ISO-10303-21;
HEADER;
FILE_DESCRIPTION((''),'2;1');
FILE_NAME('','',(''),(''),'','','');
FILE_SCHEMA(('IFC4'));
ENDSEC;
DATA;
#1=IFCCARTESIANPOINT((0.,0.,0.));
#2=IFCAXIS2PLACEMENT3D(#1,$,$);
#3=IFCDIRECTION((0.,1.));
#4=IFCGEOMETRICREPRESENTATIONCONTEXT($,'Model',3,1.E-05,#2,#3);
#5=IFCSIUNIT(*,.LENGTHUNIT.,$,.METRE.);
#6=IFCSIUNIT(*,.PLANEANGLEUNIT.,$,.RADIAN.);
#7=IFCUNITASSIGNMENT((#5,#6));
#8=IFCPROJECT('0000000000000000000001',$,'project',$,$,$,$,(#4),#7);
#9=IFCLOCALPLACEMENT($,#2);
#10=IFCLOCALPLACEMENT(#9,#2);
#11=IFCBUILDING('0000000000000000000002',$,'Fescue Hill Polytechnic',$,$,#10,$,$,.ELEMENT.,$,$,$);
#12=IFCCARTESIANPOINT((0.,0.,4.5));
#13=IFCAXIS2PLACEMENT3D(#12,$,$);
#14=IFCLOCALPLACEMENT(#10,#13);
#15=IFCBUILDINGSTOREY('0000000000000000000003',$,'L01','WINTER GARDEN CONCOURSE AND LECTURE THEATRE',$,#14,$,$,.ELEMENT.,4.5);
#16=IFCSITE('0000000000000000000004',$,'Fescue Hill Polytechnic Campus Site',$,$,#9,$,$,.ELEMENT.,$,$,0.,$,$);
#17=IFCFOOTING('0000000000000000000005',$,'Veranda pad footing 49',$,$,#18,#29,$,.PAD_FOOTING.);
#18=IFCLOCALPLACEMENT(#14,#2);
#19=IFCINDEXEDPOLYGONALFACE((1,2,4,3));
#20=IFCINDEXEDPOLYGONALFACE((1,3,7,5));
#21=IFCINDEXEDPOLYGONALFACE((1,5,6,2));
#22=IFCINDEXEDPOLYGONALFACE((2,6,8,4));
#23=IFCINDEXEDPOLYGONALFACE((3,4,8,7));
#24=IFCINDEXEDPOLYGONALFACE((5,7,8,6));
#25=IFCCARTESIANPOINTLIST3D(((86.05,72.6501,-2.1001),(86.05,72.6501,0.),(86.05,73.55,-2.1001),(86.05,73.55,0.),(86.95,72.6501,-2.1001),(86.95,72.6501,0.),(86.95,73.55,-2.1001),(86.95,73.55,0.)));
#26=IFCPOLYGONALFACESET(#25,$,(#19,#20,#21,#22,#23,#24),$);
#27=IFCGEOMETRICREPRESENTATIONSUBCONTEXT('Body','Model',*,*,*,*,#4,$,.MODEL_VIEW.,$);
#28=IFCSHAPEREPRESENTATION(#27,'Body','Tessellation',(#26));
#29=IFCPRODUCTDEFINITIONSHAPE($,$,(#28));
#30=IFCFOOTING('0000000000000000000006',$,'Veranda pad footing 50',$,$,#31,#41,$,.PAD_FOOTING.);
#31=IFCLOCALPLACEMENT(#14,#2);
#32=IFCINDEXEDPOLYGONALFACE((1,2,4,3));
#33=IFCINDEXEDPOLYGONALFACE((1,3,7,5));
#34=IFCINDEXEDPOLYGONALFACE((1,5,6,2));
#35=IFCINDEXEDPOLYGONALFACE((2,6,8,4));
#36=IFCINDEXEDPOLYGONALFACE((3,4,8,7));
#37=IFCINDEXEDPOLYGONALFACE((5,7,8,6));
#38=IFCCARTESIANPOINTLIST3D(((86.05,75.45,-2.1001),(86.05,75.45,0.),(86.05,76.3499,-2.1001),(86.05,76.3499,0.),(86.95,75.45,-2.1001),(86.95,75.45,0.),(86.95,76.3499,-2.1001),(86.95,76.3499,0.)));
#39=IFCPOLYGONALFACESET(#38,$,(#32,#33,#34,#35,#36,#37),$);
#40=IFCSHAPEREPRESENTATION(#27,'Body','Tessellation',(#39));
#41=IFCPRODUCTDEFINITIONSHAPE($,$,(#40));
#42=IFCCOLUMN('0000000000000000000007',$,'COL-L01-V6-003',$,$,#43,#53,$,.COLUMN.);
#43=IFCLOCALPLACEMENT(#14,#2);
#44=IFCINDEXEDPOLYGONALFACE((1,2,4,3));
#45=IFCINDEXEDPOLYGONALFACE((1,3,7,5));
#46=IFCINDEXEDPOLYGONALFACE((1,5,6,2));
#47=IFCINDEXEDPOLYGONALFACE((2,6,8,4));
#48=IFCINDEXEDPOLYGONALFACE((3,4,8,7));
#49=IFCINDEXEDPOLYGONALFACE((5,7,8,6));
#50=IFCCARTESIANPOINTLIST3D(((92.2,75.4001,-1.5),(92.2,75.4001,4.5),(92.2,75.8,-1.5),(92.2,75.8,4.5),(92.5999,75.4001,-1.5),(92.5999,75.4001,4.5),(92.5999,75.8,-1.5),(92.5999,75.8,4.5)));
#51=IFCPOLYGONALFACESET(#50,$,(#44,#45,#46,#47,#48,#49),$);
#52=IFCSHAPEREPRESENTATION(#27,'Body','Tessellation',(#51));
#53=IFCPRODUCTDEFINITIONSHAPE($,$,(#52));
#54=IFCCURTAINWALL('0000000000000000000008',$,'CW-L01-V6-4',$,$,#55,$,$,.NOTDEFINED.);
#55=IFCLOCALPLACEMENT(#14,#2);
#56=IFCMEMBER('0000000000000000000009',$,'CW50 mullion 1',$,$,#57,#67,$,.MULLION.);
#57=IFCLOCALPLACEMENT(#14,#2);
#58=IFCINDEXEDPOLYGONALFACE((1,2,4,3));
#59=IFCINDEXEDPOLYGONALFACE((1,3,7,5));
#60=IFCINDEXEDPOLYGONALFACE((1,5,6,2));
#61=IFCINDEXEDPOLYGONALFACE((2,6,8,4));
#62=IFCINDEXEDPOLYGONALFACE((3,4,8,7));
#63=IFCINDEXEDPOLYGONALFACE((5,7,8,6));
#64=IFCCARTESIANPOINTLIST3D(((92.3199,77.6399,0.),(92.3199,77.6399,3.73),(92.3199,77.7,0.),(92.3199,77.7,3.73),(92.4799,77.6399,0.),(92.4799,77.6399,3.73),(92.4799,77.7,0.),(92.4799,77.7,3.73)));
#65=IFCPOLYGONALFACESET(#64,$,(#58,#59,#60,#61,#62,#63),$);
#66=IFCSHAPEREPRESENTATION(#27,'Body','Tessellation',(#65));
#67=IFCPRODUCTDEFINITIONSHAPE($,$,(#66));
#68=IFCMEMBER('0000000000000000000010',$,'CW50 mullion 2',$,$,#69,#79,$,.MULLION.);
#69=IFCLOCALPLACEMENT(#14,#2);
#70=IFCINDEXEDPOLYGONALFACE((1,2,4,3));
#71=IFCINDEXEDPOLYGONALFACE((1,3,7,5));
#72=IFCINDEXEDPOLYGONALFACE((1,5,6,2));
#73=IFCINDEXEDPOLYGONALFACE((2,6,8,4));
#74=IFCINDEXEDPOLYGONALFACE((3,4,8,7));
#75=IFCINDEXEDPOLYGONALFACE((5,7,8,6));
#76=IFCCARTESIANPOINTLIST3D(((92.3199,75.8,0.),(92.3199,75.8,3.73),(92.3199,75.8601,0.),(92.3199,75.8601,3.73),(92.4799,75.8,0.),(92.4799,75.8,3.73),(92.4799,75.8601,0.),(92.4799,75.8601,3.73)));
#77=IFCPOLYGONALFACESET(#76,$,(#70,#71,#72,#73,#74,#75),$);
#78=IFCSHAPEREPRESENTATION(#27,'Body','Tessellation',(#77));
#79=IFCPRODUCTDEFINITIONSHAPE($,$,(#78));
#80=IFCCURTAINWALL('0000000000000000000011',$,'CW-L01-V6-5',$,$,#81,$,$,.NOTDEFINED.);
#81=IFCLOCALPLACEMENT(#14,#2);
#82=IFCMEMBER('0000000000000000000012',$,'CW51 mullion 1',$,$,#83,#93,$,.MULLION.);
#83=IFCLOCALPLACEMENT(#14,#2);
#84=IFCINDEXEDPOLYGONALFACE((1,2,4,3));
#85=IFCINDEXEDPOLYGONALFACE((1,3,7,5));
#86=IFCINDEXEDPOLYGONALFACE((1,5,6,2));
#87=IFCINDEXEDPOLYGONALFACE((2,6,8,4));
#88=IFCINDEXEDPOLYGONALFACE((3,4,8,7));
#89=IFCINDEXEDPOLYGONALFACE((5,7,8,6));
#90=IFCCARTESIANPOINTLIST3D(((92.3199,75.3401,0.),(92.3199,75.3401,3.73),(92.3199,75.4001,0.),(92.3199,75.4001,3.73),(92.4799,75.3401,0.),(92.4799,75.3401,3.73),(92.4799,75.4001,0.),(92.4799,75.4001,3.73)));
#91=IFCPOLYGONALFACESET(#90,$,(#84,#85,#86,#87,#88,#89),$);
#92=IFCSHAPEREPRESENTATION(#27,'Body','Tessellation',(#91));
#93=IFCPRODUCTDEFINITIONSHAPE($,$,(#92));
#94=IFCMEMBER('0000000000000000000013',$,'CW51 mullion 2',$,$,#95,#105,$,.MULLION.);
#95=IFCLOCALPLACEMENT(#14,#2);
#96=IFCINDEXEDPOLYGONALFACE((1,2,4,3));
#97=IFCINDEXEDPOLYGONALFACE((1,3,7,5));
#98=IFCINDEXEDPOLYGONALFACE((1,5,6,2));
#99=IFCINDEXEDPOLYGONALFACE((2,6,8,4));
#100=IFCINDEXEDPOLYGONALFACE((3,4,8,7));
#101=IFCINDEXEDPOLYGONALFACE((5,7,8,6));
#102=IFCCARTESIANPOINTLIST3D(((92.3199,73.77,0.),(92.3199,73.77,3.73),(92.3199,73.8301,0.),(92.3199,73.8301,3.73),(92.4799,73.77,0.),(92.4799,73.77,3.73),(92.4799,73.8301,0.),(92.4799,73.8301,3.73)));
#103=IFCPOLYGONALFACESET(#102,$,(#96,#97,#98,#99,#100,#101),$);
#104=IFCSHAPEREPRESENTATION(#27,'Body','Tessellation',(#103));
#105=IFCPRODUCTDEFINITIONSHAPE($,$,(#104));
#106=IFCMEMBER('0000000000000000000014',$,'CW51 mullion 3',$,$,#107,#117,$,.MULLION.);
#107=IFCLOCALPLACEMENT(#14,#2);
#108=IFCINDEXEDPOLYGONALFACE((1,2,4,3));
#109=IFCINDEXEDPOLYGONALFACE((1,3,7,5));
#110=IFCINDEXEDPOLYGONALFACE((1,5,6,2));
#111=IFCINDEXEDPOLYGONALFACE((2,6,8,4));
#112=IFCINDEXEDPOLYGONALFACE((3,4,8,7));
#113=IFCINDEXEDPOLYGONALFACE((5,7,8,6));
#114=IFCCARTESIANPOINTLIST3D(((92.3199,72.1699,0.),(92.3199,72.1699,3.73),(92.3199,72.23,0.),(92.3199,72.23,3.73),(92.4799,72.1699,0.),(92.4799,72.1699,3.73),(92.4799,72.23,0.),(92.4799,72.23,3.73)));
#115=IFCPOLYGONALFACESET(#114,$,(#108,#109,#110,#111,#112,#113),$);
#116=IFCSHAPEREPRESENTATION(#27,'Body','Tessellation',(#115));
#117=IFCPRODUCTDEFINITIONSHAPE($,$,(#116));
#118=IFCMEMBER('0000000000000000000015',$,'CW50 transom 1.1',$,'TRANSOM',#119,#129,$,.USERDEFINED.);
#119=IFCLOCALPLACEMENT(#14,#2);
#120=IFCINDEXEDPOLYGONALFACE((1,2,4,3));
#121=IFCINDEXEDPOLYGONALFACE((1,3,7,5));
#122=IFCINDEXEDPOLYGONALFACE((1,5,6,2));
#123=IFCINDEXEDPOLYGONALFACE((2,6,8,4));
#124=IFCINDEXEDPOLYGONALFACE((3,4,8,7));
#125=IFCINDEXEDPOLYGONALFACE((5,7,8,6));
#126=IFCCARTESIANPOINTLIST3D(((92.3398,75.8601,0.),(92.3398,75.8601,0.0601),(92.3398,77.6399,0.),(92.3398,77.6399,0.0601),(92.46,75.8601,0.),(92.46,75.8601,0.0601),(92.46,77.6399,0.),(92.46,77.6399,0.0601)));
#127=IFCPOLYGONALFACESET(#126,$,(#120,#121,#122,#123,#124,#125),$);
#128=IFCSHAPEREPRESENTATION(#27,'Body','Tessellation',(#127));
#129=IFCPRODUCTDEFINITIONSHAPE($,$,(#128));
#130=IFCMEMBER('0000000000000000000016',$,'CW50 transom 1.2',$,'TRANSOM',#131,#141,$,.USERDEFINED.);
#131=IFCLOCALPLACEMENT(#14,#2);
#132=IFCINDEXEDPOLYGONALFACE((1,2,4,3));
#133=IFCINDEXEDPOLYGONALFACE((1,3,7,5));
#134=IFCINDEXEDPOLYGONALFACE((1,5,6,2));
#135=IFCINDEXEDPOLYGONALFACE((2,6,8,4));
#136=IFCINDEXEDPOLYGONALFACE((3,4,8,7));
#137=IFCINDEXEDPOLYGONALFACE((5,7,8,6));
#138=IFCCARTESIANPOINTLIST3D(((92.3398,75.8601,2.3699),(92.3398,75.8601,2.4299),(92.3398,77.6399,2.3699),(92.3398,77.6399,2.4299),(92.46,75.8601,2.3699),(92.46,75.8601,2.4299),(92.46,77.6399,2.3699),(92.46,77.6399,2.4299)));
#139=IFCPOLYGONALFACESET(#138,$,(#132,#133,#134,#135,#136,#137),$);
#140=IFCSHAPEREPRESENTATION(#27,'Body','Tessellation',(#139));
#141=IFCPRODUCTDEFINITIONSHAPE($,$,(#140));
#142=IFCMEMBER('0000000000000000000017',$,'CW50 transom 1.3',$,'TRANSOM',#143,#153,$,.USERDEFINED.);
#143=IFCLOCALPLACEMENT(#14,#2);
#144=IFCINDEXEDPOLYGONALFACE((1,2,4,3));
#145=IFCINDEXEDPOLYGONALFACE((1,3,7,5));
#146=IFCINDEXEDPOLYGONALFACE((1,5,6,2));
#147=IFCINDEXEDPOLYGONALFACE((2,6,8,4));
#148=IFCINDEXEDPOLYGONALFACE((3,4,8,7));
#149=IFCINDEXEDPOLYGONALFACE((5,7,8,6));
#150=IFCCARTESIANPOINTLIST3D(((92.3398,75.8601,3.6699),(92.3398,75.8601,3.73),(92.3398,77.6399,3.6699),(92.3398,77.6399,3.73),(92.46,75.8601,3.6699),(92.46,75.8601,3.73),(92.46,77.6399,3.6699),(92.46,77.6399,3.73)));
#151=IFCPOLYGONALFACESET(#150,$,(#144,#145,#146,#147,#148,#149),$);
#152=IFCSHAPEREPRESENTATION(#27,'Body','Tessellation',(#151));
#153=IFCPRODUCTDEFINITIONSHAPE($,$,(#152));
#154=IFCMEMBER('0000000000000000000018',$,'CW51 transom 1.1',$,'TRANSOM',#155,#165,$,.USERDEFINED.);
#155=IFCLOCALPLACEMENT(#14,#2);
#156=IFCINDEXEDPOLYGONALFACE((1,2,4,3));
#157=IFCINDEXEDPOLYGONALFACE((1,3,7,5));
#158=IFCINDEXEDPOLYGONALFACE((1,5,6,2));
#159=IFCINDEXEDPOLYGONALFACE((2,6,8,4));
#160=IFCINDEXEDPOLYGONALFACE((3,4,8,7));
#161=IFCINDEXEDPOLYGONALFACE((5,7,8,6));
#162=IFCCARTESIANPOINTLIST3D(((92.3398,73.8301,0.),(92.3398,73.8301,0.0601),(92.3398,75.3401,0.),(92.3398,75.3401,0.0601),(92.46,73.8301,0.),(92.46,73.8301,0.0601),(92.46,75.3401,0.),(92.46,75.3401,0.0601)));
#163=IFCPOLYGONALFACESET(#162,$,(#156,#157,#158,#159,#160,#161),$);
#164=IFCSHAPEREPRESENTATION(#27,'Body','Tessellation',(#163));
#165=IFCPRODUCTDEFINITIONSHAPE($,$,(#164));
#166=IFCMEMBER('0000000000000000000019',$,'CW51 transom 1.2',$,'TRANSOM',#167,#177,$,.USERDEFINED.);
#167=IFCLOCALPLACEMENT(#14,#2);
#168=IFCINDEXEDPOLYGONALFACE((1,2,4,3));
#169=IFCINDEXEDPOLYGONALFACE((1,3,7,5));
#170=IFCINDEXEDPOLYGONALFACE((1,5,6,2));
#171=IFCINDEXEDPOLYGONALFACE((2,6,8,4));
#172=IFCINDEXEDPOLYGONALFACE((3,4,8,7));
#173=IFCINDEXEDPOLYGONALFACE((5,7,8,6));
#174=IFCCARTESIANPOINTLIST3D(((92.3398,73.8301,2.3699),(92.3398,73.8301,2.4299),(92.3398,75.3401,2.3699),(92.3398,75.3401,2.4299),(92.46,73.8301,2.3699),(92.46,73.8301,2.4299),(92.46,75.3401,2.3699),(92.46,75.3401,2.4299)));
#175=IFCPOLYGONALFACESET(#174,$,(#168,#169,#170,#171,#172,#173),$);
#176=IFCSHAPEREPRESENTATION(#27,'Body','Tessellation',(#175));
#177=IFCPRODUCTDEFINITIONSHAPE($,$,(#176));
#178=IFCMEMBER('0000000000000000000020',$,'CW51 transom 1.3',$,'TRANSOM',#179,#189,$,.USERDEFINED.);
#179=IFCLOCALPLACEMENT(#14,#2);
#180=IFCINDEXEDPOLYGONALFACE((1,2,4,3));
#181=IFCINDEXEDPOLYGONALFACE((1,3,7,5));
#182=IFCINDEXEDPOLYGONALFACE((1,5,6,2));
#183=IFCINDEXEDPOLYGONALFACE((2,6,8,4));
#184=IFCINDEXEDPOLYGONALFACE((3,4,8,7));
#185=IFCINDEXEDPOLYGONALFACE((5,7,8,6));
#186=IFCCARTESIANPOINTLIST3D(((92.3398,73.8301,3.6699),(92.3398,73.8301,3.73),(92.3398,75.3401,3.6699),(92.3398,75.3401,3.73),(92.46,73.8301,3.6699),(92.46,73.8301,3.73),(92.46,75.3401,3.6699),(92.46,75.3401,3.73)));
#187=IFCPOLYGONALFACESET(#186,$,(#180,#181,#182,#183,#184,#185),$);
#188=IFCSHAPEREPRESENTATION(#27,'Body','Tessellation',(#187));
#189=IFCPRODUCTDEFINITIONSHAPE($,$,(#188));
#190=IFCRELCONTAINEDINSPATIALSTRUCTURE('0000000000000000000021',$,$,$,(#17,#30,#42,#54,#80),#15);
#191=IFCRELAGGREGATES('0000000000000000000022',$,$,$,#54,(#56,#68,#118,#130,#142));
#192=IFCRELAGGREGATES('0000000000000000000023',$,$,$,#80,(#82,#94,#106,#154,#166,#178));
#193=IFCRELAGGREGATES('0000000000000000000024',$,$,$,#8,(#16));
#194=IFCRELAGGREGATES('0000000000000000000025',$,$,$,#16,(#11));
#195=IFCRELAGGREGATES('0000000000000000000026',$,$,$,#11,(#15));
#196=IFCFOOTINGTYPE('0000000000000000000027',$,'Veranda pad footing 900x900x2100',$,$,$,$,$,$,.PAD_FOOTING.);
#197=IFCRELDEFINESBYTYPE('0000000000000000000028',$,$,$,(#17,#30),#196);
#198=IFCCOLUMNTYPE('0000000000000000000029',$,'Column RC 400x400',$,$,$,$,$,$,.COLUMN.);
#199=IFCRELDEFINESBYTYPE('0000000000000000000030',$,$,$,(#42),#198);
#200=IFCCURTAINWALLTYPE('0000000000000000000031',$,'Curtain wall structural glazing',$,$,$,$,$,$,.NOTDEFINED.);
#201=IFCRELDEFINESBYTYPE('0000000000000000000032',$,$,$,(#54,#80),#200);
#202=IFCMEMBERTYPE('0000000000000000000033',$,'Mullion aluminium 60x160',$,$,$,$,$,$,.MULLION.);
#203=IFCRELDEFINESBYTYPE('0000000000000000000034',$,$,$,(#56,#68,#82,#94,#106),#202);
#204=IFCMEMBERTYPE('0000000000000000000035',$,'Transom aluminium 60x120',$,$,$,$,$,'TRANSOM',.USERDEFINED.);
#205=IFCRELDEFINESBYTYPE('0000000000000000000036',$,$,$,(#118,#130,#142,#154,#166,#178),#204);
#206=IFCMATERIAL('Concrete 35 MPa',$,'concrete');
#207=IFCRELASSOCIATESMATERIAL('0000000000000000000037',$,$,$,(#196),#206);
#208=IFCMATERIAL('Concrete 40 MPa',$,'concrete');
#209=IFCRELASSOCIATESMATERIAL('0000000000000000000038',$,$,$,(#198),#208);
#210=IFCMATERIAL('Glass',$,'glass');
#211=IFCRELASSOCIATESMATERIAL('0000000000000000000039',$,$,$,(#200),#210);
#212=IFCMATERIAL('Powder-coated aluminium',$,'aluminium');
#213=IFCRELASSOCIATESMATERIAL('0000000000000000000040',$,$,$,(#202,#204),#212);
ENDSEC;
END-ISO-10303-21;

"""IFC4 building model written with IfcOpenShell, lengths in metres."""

from ifc_helpers import new_model, si_unit, direction, frame, origin, origin_2d, place, context, subcontext, project, spatial, rectangle, extrude, material, material_profile, profile_set, type_object, element, aggregate, save


model = new_model("IFC4")

# Units and contexts
model_context = context("Model", 3, precision=1e-05, world=origin(), true_north=direction((0.0, 1.0)))
body_context = subcontext(model_context, "Body", "Model", "MODEL_VIEW")
ifc_project = project(units=[si_unit("LENGTHUNIT", "METRE"), si_unit("PLANEANGLEUNIT", "RADIAN")], contexts=[model_context])

# Site, building, storey
site_placement = place(None, origin())
site = spatial("IfcSite", under=ifc_project, at=site_placement, Name="Fescue Hill Polytechnic Campus Site", CompositionType="ELEMENT", RefElevation=0.0)
building_placement = place(site_placement, origin())
building = spatial("IfcBuilding", under=site, at=building_placement, Name="Fescue Hill Polytechnic", CompositionType="ELEMENT")
storey_placement = place(building_placement, frame((0.0, 0.0, 4.5)))
storey = spatial("IfcBuildingStorey", under=building, at=storey_placement, Name="L01", Description="WINTER GARDEN CONCOURSE AND LECTURE THEATRE", CompositionType="ELEMENT", Elevation=4.5)

# Footings
ifc_material_1 = material(Name="Concrete 35 MPa", Category="concrete")
footing_type = type_object("IfcFootingType", Name="Veranda pad footing 900x900x2100", PredefinedType="PAD_FOOTING", material=ifc_material_1)
for number, where, z_axis, x_axis, name in (
    (1, (86.5, 73.1001, -2.1001), (0.0, 0.0, 1.0), (1.0, 0.0, 0.0), "Veranda pad footing 49"),
    (2, (86.5, 75.8999, -2.1001), (0.0, 0.0, 1.0), (1.0, 0.0, 0.0), "Veranda pad footing 50"),
):
    element("IfcFooting", number, at=place(storey_placement, frame(where, z_axis=z_axis, x_axis=x_axis)), inside=storey, type_object=footing_type, Name=name, PredefinedType="PAD_FOOTING", context=body_context, shape_type="SweptSolid", body=[
        extrude(rectangle(XDim=0.8999, YDim=0.8999, at=origin_2d()), origin(), (0.0, 0.0, 1.0), 2.1001),
    ])

# Column
ifc_material_2 = material(Name="Concrete 40 MPa", Category="concrete")
ifc_material_profile_1 = material_profile(ifc_material_2, rectangle(XDim=0.3999, YDim=0.3999, at=origin_2d()), Name="RC 400x400")
ifc_profile_set_1 = profile_set([ifc_material_profile_1], Name="Concrete 40 MPa")
column_type = type_object("IfcColumnType", Name="Column RC 400x400", PredefinedType="COLUMN", material=ifc_profile_set_1)
column_placement = place(storey_placement, frame((92.3999, 75.6001, -1.5), z_axis=(0.0, 0.0, 1.0), x_axis=(1.0, 0.0, 0.0)))
element("IfcColumn", 3, at=column_placement, inside=storey, type_object=column_type, Name="COL-L01-V6-003", PredefinedType="COLUMN", context=body_context, shape_type="SweptSolid", body=[
    extrude(rectangle(XDim=0.3999, YDim=0.3999, at=origin_2d()), origin(), (0.0, 0.0, 1.0), 6.0),
])

# Curtain walls, members
ifc_material_3 = material(Name="Glass", Category="glass")
curtain_wall_type = type_object("IfcCurtainWallType", Name="Curtain wall structural glazing", PredefinedType="NOTDEFINED", material=ifc_material_3)
curtain_wall_1_placement = place(storey_placement, origin())
curtain_wall_1 = element("IfcCurtainWall", 4, at=curtain_wall_1_placement, inside=storey, type_object=curtain_wall_type, Name="CW-L01-V6-4", PredefinedType="NOTDEFINED")
ifc_material_4 = material(Name="Powder-coated aluminium", Category="aluminium")
ifc_material_profile_2 = material_profile(ifc_material_4, rectangle(XDim=0.1599, YDim=0.0601, at=origin_2d()), Name="Mullion aluminium 60x160")
ifc_profile_set_2 = profile_set([ifc_material_profile_2], Name="Powder-coated aluminium")
member_type_1 = type_object("IfcMemberType", Name="Mullion aluminium 60x160", PredefinedType="MULLION", material=ifc_profile_set_2)
member_1_placement = place(storey_placement, frame((92.3999, 77.6699, 0.0), z_axis=(0.0, 0.0, 1.0), x_axis=(1.0, 0.0, 0.0)))
member_1 = element("IfcMember", 5, at=member_1_placement, type_object=member_type_1, Name="CW50 mullion 1", PredefinedType="MULLION", context=body_context, shape_type="SweptSolid", body=[
    extrude(rectangle(XDim=0.1599, YDim=0.0601, at=origin_2d()), origin(), (0.0, 0.0, 1.0), 3.73),
])
member_2_placement = place(storey_placement, frame((92.3999, 75.8301, 0.0), z_axis=(0.0, 0.0, 1.0), x_axis=(1.0, 0.0, 0.0)))
member_2 = element("IfcMember", 6, at=member_2_placement, type_object=member_type_1, Name="CW50 mullion 2", PredefinedType="MULLION", context=body_context, shape_type="SweptSolid", body=[
    extrude(rectangle(XDim=0.1599, YDim=0.0601, at=origin_2d()), origin(), (0.0, 0.0, 1.0), 3.73),
])
curtain_wall_2_placement = place(storey_placement, origin())
curtain_wall_2 = element("IfcCurtainWall", 7, at=curtain_wall_2_placement, inside=storey, type_object=curtain_wall_type, Name="CW-L01-V6-5", PredefinedType="NOTDEFINED")
member_3_placement = place(storey_placement, frame((92.3999, 75.3701, 0.0), z_axis=(0.0, 0.0, 1.0), x_axis=(1.0, 0.0, 0.0)))
member_3 = element("IfcMember", 8, at=member_3_placement, type_object=member_type_1, Name="CW51 mullion 1", PredefinedType="MULLION", context=body_context, shape_type="SweptSolid", body=[
    extrude(rectangle(XDim=0.1599, YDim=0.0601, at=origin_2d()), origin(), (0.0, 0.0, 1.0), 3.73),
])
member_4_placement = place(storey_placement, frame((92.3999, 73.8, 0.0), z_axis=(0.0, 0.0, 1.0), x_axis=(1.0, 0.0, 0.0)))
member_4 = element("IfcMember", 9, at=member_4_placement, type_object=member_type_1, Name="CW51 mullion 2", PredefinedType="MULLION", context=body_context, shape_type="SweptSolid", body=[
    extrude(rectangle(XDim=0.1599, YDim=0.0601, at=origin_2d()), origin(), (0.0, 0.0, 1.0), 3.73),
])
member_5_placement = place(storey_placement, frame((92.3999, 72.2, 0.0), z_axis=(0.0, 0.0, 1.0), x_axis=(1.0, 0.0, 0.0)))
member_5 = element("IfcMember", 10, at=member_5_placement, type_object=member_type_1, Name="CW51 mullion 3", PredefinedType="MULLION", context=body_context, shape_type="SweptSolid", body=[
    extrude(rectangle(XDim=0.1599, YDim=0.0601, at=origin_2d()), origin(), (0.0, 0.0, 1.0), 3.73),
])

# Members
ifc_material_profile_3 = material_profile(ifc_material_4, rectangle(XDim=0.1201, YDim=0.0601, at=origin_2d()), Name="Transom aluminium 60x120")
ifc_profile_set_3 = profile_set([ifc_material_profile_3], Name="Powder-coated aluminium")
member_type_2 = type_object("IfcMemberType", Name="Transom aluminium 60x120", ElementType="TRANSOM", PredefinedType="USERDEFINED", material=ifc_profile_set_3)
member_6_placement = place(storey_placement, frame((92.3999, 77.6399, 0.03), z_axis=(0.0, -1.0, 0.0), x_axis=(1.0, 0.0, 0.0)))
member_6 = element("IfcMember", 11, at=member_6_placement, type_object=member_type_2, Name="CW50 transom 1.1", ObjectType="TRANSOM", PredefinedType="USERDEFINED", context=body_context, shape_type="SweptSolid", body=[
    extrude(rectangle(XDim=0.1201, YDim=0.0601, at=origin_2d()), origin(), (0.0, 0.0, 1.0), 1.7798),
])
member_7_placement = place(storey_placement, frame((92.3999, 77.6399, 2.3999), z_axis=(0.0, -1.0, 0.0), x_axis=(1.0, 0.0, 0.0)))
member_7 = element("IfcMember", 12, at=member_7_placement, type_object=member_type_2, Name="CW50 transom 1.2", ObjectType="TRANSOM", PredefinedType="USERDEFINED", context=body_context, shape_type="SweptSolid", body=[
    extrude(rectangle(XDim=0.1201, YDim=0.0601, at=origin_2d()), origin(), (0.0, 0.0, 1.0), 1.7798),
])
member_8_placement = place(storey_placement, frame((92.3999, 77.6399, 3.7), z_axis=(0.0, -1.0, 0.0), x_axis=(1.0, 0.0, 0.0)))
member_8 = element("IfcMember", 13, at=member_8_placement, type_object=member_type_2, Name="CW50 transom 1.3", ObjectType="TRANSOM", PredefinedType="USERDEFINED", context=body_context, shape_type="SweptSolid", body=[
    extrude(rectangle(XDim=0.1201, YDim=0.0601, at=origin_2d()), origin(), (0.0, 0.0, 1.0), 1.7798),
])
member_9_placement = place(storey_placement, frame((92.3999, 75.3401, 0.03), z_axis=(0.0, -1.0, 0.0), x_axis=(1.0, 0.0, 0.0)))
member_9 = element("IfcMember", 14, at=member_9_placement, type_object=member_type_2, Name="CW51 transom 1.1", ObjectType="TRANSOM", PredefinedType="USERDEFINED", context=body_context, shape_type="SweptSolid", body=[
    extrude(rectangle(XDim=0.1201, YDim=0.0601, at=origin_2d()), origin(), (0.0, 0.0, 1.0), 1.51),
])
member_10_placement = place(storey_placement, frame((92.3999, 75.3401, 2.3999), z_axis=(0.0, -1.0, 0.0), x_axis=(1.0, 0.0, 0.0)))
member_10 = element("IfcMember", 15, at=member_10_placement, type_object=member_type_2, Name="CW51 transom 1.2", ObjectType="TRANSOM", PredefinedType="USERDEFINED", context=body_context, shape_type="SweptSolid", body=[
    extrude(rectangle(XDim=0.1201, YDim=0.0601, at=origin_2d()), origin(), (0.0, 0.0, 1.0), 1.51),
])
member_11_placement = place(storey_placement, frame((92.3999, 75.3401, 3.7), z_axis=(0.0, -1.0, 0.0), x_axis=(1.0, 0.0, 0.0)))
member_11 = element("IfcMember", 16, at=member_11_placement, type_object=member_type_2, Name="CW51 transom 1.3", ObjectType="TRANSOM", PredefinedType="USERDEFINED", context=body_context, shape_type="SweptSolid", body=[
    extrude(rectangle(XDim=0.1201, YDim=0.0601, at=origin_2d()), origin(), (0.0, 0.0, 1.0), 1.51),
])

aggregate(curtain_wall_1, [member_1, member_2, member_6, member_7, member_8])
aggregate(curtain_wall_2, [member_3, member_4, member_5, member_9, member_10, member_11])

save(model, "model.ifc")
